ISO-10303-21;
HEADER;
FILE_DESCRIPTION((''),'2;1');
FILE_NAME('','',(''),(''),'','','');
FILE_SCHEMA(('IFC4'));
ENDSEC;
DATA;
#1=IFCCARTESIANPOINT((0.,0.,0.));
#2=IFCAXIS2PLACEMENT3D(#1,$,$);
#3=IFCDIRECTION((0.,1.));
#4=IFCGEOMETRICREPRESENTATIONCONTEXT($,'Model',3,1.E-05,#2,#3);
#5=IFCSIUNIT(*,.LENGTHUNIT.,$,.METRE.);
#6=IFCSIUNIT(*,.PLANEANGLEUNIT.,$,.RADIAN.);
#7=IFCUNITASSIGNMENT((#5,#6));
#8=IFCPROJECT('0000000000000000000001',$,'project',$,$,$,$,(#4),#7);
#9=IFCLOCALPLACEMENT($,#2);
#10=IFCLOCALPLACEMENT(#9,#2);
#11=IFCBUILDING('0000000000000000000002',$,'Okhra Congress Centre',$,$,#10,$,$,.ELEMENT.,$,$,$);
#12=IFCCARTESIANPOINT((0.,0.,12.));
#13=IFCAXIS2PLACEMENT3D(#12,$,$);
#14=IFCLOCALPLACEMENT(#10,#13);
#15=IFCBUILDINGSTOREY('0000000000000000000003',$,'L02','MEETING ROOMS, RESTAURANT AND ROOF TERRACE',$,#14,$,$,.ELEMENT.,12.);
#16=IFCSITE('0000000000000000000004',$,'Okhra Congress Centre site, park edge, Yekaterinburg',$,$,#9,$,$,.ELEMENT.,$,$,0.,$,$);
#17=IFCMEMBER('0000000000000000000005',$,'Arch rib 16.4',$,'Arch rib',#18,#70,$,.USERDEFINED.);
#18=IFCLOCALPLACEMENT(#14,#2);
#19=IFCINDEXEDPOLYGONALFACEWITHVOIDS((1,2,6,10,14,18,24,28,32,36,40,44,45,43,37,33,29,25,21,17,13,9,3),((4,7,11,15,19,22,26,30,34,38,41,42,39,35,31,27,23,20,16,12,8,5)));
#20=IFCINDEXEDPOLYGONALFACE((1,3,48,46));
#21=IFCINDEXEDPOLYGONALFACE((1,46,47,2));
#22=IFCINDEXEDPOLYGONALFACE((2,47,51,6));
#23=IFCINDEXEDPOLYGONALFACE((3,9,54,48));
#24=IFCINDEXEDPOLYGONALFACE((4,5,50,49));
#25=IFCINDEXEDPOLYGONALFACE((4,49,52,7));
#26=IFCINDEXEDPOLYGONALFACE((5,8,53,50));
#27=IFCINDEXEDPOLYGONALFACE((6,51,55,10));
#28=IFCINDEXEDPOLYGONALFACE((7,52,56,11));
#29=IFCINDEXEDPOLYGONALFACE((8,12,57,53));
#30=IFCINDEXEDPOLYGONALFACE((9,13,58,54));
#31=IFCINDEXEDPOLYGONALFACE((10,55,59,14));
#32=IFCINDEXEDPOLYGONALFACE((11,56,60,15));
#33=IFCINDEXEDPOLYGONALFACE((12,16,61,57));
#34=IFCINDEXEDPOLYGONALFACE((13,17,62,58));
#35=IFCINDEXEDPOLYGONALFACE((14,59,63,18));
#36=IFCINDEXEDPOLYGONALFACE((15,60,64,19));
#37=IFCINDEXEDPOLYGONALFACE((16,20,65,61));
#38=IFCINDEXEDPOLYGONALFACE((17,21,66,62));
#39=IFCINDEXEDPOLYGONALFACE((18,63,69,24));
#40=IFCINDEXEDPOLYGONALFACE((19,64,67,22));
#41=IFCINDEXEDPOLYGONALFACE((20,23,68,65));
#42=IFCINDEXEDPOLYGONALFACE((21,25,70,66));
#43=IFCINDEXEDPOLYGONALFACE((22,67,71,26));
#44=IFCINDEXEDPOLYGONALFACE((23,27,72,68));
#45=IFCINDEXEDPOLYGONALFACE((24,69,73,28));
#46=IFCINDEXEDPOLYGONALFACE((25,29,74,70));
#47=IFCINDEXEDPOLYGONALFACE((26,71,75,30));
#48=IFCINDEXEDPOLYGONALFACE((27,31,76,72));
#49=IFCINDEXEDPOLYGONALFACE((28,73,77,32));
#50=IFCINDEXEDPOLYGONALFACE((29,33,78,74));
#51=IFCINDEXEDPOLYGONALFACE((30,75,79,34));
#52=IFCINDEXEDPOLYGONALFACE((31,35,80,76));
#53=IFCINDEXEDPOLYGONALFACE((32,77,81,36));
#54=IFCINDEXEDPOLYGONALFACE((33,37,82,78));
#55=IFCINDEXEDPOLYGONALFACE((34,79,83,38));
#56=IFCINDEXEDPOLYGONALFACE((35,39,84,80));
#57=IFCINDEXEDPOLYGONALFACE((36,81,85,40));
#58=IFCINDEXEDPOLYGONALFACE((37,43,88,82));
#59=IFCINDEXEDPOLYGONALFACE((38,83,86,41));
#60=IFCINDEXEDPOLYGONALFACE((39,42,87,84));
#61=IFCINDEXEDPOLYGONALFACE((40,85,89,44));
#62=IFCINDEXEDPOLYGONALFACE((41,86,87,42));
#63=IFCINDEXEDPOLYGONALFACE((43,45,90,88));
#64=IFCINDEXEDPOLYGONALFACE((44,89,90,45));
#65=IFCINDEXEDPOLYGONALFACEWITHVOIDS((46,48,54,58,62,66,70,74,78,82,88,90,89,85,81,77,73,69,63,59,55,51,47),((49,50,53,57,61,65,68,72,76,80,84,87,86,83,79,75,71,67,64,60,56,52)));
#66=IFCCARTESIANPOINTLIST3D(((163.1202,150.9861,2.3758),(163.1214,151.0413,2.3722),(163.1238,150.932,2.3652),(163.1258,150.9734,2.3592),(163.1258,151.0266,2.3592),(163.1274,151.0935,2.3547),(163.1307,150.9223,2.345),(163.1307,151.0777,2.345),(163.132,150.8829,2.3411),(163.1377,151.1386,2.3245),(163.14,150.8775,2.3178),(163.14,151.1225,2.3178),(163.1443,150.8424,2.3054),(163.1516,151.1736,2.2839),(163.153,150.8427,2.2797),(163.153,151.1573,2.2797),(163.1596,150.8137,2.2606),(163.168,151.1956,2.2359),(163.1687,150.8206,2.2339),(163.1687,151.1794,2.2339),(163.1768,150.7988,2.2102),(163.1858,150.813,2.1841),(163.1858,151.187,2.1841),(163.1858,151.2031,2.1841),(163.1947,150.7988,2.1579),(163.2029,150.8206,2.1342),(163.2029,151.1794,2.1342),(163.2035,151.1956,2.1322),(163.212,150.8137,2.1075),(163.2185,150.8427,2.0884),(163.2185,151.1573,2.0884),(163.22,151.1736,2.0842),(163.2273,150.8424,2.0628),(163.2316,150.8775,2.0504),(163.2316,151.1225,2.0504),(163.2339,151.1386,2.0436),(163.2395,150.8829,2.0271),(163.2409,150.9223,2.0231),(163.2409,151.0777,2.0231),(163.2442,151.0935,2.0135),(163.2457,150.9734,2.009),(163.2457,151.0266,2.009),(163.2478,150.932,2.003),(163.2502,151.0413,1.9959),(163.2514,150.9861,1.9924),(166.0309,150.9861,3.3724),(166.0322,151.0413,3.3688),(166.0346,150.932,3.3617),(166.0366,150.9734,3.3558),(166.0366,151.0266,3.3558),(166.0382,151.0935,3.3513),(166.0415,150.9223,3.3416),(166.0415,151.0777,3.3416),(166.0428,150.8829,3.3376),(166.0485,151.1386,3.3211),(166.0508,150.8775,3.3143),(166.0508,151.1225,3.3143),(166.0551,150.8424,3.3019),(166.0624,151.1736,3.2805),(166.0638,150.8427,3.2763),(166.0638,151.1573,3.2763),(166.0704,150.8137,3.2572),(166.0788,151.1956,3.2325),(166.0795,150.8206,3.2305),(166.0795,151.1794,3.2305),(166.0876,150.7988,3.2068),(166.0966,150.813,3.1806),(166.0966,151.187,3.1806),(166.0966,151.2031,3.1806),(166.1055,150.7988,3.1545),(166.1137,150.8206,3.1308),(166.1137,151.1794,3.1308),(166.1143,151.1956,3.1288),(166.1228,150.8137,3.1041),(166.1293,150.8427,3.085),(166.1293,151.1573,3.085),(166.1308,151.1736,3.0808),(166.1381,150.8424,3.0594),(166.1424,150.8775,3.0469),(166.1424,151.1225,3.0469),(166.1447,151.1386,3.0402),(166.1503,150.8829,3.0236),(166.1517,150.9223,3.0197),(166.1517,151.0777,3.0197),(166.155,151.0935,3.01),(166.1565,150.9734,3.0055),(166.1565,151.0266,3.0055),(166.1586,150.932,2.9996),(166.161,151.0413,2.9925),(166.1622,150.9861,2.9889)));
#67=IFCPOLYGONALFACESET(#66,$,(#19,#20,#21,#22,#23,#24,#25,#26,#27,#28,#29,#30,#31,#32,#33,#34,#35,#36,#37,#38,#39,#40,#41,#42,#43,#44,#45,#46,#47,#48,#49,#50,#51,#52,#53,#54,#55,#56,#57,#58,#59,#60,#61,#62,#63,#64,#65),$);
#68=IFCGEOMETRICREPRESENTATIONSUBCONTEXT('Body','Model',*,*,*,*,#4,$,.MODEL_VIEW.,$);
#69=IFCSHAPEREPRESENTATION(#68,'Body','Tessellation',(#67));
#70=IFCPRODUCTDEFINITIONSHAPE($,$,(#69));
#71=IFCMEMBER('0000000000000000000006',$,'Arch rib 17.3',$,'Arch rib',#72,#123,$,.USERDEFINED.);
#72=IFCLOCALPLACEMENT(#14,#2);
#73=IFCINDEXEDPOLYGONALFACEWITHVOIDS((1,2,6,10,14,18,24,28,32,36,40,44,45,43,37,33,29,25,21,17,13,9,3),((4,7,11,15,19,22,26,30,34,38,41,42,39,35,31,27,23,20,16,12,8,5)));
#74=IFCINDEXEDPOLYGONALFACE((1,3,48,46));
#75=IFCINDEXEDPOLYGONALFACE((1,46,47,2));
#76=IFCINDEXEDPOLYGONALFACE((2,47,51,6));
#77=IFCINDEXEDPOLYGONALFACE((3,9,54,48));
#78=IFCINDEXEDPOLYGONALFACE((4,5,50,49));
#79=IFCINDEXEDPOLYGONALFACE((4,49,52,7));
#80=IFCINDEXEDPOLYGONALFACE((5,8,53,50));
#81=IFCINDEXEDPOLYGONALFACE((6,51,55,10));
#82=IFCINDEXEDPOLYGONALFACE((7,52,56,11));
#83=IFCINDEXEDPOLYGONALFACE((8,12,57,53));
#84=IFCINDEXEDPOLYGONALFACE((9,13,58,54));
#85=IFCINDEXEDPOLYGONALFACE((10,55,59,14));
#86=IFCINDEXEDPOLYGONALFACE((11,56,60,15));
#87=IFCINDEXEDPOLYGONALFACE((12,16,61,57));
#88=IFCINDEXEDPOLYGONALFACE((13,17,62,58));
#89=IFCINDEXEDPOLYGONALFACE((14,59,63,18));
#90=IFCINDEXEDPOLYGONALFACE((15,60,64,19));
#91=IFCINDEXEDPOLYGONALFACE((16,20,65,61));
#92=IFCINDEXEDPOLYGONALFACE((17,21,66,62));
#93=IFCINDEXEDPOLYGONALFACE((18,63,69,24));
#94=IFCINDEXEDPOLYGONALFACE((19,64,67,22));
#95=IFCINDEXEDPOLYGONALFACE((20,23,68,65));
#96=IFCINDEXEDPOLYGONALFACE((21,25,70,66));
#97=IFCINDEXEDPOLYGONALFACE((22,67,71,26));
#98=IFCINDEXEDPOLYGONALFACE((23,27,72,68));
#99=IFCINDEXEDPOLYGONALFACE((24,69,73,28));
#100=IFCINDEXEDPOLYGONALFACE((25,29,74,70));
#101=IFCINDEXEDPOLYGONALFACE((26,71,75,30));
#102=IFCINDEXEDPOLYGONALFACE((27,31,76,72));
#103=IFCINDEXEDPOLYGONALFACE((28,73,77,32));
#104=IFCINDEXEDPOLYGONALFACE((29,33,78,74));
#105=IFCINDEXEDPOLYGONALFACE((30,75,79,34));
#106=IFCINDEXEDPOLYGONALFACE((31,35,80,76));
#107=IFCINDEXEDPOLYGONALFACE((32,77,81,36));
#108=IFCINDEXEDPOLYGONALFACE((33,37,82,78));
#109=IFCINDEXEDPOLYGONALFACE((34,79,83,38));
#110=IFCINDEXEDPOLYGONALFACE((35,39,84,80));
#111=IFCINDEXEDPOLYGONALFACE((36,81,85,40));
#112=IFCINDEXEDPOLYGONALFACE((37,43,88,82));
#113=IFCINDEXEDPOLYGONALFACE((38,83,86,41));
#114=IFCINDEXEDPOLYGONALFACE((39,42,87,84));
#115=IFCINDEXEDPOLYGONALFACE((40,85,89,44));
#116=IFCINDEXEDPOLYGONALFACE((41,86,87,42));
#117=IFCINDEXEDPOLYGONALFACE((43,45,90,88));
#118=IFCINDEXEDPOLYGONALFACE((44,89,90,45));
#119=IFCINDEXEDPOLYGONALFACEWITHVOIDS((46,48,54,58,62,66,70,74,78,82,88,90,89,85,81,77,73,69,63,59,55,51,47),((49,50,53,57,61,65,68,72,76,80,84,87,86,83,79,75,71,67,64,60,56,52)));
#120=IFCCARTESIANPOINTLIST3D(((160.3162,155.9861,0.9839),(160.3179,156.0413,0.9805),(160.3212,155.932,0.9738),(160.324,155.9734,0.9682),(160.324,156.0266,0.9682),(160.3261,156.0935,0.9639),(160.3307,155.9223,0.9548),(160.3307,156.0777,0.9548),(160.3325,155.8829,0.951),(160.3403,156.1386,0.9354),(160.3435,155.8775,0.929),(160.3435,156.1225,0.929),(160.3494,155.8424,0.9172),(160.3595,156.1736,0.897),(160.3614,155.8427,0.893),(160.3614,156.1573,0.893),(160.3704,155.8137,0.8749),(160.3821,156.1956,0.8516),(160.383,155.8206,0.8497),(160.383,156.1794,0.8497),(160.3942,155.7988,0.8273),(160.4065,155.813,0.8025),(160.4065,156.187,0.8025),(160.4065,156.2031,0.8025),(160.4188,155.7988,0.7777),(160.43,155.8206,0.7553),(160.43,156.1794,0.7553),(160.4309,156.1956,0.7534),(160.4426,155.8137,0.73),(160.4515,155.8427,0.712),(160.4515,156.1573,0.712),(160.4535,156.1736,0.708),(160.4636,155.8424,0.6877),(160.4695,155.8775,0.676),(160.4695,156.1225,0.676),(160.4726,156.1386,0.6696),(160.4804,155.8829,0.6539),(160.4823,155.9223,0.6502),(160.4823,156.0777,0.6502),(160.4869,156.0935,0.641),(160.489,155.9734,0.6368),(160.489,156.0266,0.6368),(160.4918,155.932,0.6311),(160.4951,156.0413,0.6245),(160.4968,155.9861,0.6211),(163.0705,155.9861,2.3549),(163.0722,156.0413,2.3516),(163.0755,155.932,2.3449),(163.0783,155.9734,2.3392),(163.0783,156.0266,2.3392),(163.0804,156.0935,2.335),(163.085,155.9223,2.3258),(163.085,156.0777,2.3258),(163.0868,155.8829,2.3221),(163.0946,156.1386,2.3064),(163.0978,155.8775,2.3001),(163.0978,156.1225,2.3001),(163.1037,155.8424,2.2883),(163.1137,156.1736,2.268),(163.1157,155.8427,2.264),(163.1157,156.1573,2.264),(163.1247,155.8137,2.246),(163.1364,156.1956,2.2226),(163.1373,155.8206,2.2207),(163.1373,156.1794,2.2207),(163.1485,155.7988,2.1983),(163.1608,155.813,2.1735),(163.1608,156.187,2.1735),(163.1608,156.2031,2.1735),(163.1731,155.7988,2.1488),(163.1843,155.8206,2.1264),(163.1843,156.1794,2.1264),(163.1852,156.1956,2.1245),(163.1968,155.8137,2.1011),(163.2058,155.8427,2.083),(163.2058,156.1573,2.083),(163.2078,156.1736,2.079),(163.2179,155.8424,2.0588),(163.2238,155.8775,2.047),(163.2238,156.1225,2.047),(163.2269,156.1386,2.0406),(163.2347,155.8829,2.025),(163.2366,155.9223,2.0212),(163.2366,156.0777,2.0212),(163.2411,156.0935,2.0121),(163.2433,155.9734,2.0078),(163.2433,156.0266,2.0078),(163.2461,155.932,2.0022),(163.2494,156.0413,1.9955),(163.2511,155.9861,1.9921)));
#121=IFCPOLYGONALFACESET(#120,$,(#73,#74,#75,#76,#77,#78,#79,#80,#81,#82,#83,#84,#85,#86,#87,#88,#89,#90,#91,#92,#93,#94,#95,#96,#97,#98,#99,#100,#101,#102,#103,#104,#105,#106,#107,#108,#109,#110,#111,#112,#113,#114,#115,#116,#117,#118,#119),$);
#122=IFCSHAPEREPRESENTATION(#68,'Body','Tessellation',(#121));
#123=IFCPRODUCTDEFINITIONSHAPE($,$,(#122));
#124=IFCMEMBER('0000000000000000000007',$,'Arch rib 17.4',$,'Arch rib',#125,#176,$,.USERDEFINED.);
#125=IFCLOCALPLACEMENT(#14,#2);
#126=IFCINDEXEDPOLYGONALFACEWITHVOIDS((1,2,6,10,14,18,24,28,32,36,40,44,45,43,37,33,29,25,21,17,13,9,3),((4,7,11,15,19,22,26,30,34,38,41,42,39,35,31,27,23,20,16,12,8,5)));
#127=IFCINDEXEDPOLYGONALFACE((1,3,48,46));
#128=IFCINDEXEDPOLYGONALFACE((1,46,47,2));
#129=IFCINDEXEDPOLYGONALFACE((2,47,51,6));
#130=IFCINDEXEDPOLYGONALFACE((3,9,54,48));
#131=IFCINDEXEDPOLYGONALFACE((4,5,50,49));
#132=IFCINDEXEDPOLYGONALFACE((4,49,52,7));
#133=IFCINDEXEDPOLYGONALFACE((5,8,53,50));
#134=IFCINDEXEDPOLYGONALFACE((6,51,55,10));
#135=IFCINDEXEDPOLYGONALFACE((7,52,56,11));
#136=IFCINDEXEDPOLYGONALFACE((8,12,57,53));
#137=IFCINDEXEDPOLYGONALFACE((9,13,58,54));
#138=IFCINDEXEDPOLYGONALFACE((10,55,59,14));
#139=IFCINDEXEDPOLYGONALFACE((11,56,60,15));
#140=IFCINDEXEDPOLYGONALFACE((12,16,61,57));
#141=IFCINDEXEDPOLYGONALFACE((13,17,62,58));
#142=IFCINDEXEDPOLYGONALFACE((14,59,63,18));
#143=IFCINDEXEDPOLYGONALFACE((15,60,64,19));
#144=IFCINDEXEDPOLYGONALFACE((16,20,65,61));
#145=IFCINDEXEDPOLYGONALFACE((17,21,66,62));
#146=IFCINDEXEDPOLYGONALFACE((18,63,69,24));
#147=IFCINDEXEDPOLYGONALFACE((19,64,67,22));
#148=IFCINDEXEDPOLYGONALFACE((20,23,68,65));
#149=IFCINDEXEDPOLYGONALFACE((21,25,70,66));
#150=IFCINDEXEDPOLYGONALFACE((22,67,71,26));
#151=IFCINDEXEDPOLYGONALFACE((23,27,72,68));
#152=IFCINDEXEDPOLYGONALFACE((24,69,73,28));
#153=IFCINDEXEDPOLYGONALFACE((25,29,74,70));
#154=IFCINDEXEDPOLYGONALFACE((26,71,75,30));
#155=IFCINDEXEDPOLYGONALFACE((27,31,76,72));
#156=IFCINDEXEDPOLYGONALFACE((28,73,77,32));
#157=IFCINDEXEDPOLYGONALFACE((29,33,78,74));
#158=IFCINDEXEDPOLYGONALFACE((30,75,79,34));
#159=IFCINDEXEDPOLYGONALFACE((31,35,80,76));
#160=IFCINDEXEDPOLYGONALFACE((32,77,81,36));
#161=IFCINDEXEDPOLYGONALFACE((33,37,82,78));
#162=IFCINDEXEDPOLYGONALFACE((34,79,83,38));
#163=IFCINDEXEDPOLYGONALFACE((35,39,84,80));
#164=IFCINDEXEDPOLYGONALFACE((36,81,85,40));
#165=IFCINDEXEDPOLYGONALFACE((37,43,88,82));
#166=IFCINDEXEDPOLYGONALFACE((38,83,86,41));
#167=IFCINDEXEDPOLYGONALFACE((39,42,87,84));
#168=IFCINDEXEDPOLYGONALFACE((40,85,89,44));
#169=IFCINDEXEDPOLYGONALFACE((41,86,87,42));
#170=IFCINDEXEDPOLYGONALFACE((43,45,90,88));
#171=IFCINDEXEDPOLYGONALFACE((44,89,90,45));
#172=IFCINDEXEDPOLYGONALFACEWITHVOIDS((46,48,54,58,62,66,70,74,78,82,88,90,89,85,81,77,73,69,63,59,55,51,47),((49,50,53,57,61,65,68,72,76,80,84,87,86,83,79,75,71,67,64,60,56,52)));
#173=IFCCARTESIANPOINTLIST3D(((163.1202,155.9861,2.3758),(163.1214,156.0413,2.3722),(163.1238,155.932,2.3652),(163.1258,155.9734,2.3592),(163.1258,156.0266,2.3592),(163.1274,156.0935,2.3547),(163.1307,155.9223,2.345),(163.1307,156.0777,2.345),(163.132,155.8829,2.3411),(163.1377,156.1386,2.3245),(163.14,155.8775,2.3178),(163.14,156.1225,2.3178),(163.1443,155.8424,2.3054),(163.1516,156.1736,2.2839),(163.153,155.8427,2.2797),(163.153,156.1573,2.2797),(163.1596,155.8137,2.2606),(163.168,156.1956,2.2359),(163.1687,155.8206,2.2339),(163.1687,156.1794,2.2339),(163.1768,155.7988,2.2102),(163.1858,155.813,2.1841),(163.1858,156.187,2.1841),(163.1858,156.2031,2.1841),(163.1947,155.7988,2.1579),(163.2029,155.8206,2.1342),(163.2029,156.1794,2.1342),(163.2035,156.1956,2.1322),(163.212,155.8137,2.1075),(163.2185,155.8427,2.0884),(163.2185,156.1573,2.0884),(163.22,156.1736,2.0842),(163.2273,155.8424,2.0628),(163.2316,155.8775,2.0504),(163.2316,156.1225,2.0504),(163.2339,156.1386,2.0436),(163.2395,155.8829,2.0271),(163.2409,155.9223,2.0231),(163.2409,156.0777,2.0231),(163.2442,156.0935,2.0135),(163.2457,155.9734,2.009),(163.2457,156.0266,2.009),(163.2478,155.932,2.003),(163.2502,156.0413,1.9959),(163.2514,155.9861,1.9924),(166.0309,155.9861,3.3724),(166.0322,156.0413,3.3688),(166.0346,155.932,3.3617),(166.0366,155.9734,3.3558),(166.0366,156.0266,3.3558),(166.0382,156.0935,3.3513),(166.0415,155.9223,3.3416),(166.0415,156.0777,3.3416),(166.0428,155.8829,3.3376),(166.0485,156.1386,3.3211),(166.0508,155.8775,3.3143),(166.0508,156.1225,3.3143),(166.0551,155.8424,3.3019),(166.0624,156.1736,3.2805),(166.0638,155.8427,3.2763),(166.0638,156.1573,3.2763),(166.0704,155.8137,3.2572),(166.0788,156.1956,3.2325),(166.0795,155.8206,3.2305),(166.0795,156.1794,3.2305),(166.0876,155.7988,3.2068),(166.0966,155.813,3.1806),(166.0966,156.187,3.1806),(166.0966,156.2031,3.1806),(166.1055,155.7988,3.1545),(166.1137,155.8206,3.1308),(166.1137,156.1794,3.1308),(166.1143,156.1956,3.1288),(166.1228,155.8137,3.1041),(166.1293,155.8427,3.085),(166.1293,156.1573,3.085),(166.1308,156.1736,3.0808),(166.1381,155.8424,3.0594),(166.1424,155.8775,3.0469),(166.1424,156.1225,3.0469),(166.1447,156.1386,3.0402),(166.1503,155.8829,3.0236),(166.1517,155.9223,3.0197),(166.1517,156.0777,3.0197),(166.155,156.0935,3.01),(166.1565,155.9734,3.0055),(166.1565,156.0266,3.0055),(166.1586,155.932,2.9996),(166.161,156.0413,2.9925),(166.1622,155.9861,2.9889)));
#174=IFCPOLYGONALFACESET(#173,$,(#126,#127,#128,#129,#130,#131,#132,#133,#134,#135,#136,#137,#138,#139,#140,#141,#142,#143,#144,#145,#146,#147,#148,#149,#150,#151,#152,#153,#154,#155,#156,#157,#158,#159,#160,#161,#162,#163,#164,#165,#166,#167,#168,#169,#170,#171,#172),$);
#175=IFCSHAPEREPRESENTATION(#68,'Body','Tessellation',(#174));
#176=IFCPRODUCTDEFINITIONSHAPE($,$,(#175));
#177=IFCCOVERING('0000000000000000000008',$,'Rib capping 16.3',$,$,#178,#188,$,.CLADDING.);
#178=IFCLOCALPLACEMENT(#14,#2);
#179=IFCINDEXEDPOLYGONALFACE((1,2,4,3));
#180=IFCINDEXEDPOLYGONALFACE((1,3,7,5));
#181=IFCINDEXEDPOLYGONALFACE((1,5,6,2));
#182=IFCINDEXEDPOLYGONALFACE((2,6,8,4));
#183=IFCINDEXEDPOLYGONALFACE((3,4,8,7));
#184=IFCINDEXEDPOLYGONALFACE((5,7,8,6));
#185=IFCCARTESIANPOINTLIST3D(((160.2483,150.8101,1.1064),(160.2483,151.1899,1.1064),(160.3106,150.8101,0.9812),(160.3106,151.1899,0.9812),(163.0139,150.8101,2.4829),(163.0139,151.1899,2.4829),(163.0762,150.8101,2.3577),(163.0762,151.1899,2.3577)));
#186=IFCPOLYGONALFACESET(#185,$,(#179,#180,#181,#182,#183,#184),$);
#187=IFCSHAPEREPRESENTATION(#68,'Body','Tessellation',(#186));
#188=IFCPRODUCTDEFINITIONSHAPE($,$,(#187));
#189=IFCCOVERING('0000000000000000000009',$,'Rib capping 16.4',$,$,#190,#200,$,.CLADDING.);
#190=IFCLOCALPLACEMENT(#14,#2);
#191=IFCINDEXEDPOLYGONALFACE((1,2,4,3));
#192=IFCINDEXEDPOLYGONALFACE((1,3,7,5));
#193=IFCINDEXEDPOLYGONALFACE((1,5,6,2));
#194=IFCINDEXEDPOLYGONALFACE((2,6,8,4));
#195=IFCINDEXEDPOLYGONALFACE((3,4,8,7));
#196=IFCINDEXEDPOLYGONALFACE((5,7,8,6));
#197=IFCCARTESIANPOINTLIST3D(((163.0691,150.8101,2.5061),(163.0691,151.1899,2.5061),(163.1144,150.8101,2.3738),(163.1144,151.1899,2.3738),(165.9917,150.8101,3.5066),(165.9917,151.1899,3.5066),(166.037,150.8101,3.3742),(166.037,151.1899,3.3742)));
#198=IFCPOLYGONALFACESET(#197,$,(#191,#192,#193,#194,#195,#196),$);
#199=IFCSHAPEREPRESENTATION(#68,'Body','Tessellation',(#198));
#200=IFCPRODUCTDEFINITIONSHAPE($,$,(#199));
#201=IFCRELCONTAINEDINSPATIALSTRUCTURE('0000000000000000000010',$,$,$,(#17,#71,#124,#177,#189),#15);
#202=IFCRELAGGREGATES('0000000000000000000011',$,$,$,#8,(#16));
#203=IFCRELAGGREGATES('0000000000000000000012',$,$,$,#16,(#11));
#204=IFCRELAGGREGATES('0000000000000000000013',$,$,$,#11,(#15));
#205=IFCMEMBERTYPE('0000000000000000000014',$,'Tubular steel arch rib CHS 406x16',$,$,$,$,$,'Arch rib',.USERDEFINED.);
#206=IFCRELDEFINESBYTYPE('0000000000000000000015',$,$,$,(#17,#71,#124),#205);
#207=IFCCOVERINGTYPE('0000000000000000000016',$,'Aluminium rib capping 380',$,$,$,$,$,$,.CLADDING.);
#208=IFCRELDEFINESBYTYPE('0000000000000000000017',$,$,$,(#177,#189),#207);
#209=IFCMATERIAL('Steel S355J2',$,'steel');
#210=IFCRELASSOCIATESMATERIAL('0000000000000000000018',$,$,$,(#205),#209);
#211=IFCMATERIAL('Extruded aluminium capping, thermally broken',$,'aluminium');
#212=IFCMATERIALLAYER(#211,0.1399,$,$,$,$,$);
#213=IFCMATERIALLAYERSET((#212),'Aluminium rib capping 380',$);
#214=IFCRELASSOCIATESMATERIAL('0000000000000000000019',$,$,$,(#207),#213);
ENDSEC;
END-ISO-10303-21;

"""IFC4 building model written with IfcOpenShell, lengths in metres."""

from ifc_helpers import new_model, si_unit, direction, frame, origin, origin_2d, place, context, subcontext, project, spatial, polyline, hollow_circle, outline, extrude, material, layer, layer_set, material_profile, profile_set, type_object, element, save


model = new_model("IFC4")

# Units and contexts
model_context = context("Model", 3, precision=1e-05, world=origin(), true_north=direction((0.0, 1.0)))
body_context = subcontext(model_context, "Body", "Model", "MODEL_VIEW")
ifc_project = project(units=[si_unit("LENGTHUNIT", "METRE"), si_unit("PLANEANGLEUNIT", "RADIAN")], contexts=[model_context])

# Site, building, storey
site_placement = place(None, origin())
site = spatial("IfcSite", under=ifc_project, at=site_placement, Name="Okhra Congress Centre site, park edge, Yekaterinburg", CompositionType="ELEMENT", RefElevation=0.0)
building_placement = place(site_placement, origin())
building = spatial("IfcBuilding", under=site, at=building_placement, Name="Okhra Congress Centre", CompositionType="ELEMENT")
storey_placement = place(building_placement, frame((0.0, 0.0, 12.0)))
storey = spatial("IfcBuildingStorey", under=building, at=storey_placement, Name="L02", Description="MEETING ROOMS, RESTAURANT AND ROOF TERRACE", CompositionType="ELEMENT", Elevation=12.0)

# Members
ifc_material_1 = material(Name="Steel S355J2", Category="steel")
ifc_material_profile_1 = material_profile(ifc_material_1, hollow_circle(Radius=0.2031, WallThickness=0.0161, at=origin_2d()), Name="CHS 406.4x16")
ifc_profile_set_1 = profile_set([ifc_material_profile_1], Name="Steel S355J2")
member_type_1 = type_object("IfcMemberType", Name="Tubular steel arch rib CHS 406x16", ElementType="Arch rib", PredefinedType="USERDEFINED", material=ifc_profile_set_1)
for number, where, z_axis, x_axis, name in (
    (1, (163.1858, 151.0, 2.1841), (0.946089, 0.0, 0.323906), (0.0, 1.0, 0.0), "Arch rib 16.4"),
    (2, (160.4065, 156.0, 0.8025), (0.895219, 0.0, 0.445626), (0.0, 1.0, 0.0), "Arch rib 17.3"),
    (3, (163.1858, 156.0, 2.1841), (0.946089, 0.0, 0.323906), (0.0, 1.0, 0.0), "Arch rib 17.4"),
):
    element("IfcMember", number, at=place(storey_placement, frame(where, z_axis=z_axis, x_axis=x_axis)), inside=storey, type_object=member_type_1, Name=name, ObjectType="Arch rib", PredefinedType="USERDEFINED", context=body_context, shape_type="SweptSolid", body=[
        extrude(hollow_circle(Radius=0.2031, WallThickness=0.0161, at=origin_2d()), origin(), (0.0, 0.0, 1.0), 3.0767),
    ])

# Coverings
ifc_material_2 = material(Name="Extruded aluminium capping, thermally broken", Category="aluminium")
ifc_layer_1 = layer(ifc_material_2, 0.1399)
ifc_layer_set_1 = layer_set([ifc_layer_1], Name="Aluminium rib capping 380")
covering_type = type_object("IfcCoveringType", Name="Aluminium rib capping 380", PredefinedType="CLADDING", material=ifc_layer_set_1)
covering_1_placement = place(storey_placement, frame((160.2483, 150.8101, 1.1064), z_axis=(-0.445569, 0.0, 0.895248), x_axis=(0.895248, 0.0, 0.445569)))
element("IfcCovering", 4, at=covering_1_placement, inside=storey, type_object=covering_type, Name="Rib capping 16.3", PredefinedType="CLADDING", context=body_context, shape_type="SweptSolid", body=[
    extrude(outline(polyline([(0.0, 0.0), (3.0892, 0.0), (3.0892, 0.3799), (0.0, 0.3799), (0.0, 0.0)])), origin(), (0.0, 0.0, -1.0), 0.1399),
])
covering_2_placement = place(storey_placement, frame((163.0691, 150.8101, 2.5061), z_axis=(-0.323876, 0.0, 0.9461), x_axis=(0.9461, 0.0, 0.323876)))
element("IfcCovering", 5, at=covering_2_placement, inside=storey, type_object=covering_type, Name="Rib capping 16.4", PredefinedType="CLADDING", context=body_context, shape_type="SweptSolid", body=[
    extrude(outline(polyline([(0.0, 0.0), (3.0891, 0.0), (3.0891, 0.3799), (0.0, 0.3799), (0.0, 0.0)])), origin(), (0.0, 0.0, -1.0), 0.1399),
])

save(model, "model.ifc")
